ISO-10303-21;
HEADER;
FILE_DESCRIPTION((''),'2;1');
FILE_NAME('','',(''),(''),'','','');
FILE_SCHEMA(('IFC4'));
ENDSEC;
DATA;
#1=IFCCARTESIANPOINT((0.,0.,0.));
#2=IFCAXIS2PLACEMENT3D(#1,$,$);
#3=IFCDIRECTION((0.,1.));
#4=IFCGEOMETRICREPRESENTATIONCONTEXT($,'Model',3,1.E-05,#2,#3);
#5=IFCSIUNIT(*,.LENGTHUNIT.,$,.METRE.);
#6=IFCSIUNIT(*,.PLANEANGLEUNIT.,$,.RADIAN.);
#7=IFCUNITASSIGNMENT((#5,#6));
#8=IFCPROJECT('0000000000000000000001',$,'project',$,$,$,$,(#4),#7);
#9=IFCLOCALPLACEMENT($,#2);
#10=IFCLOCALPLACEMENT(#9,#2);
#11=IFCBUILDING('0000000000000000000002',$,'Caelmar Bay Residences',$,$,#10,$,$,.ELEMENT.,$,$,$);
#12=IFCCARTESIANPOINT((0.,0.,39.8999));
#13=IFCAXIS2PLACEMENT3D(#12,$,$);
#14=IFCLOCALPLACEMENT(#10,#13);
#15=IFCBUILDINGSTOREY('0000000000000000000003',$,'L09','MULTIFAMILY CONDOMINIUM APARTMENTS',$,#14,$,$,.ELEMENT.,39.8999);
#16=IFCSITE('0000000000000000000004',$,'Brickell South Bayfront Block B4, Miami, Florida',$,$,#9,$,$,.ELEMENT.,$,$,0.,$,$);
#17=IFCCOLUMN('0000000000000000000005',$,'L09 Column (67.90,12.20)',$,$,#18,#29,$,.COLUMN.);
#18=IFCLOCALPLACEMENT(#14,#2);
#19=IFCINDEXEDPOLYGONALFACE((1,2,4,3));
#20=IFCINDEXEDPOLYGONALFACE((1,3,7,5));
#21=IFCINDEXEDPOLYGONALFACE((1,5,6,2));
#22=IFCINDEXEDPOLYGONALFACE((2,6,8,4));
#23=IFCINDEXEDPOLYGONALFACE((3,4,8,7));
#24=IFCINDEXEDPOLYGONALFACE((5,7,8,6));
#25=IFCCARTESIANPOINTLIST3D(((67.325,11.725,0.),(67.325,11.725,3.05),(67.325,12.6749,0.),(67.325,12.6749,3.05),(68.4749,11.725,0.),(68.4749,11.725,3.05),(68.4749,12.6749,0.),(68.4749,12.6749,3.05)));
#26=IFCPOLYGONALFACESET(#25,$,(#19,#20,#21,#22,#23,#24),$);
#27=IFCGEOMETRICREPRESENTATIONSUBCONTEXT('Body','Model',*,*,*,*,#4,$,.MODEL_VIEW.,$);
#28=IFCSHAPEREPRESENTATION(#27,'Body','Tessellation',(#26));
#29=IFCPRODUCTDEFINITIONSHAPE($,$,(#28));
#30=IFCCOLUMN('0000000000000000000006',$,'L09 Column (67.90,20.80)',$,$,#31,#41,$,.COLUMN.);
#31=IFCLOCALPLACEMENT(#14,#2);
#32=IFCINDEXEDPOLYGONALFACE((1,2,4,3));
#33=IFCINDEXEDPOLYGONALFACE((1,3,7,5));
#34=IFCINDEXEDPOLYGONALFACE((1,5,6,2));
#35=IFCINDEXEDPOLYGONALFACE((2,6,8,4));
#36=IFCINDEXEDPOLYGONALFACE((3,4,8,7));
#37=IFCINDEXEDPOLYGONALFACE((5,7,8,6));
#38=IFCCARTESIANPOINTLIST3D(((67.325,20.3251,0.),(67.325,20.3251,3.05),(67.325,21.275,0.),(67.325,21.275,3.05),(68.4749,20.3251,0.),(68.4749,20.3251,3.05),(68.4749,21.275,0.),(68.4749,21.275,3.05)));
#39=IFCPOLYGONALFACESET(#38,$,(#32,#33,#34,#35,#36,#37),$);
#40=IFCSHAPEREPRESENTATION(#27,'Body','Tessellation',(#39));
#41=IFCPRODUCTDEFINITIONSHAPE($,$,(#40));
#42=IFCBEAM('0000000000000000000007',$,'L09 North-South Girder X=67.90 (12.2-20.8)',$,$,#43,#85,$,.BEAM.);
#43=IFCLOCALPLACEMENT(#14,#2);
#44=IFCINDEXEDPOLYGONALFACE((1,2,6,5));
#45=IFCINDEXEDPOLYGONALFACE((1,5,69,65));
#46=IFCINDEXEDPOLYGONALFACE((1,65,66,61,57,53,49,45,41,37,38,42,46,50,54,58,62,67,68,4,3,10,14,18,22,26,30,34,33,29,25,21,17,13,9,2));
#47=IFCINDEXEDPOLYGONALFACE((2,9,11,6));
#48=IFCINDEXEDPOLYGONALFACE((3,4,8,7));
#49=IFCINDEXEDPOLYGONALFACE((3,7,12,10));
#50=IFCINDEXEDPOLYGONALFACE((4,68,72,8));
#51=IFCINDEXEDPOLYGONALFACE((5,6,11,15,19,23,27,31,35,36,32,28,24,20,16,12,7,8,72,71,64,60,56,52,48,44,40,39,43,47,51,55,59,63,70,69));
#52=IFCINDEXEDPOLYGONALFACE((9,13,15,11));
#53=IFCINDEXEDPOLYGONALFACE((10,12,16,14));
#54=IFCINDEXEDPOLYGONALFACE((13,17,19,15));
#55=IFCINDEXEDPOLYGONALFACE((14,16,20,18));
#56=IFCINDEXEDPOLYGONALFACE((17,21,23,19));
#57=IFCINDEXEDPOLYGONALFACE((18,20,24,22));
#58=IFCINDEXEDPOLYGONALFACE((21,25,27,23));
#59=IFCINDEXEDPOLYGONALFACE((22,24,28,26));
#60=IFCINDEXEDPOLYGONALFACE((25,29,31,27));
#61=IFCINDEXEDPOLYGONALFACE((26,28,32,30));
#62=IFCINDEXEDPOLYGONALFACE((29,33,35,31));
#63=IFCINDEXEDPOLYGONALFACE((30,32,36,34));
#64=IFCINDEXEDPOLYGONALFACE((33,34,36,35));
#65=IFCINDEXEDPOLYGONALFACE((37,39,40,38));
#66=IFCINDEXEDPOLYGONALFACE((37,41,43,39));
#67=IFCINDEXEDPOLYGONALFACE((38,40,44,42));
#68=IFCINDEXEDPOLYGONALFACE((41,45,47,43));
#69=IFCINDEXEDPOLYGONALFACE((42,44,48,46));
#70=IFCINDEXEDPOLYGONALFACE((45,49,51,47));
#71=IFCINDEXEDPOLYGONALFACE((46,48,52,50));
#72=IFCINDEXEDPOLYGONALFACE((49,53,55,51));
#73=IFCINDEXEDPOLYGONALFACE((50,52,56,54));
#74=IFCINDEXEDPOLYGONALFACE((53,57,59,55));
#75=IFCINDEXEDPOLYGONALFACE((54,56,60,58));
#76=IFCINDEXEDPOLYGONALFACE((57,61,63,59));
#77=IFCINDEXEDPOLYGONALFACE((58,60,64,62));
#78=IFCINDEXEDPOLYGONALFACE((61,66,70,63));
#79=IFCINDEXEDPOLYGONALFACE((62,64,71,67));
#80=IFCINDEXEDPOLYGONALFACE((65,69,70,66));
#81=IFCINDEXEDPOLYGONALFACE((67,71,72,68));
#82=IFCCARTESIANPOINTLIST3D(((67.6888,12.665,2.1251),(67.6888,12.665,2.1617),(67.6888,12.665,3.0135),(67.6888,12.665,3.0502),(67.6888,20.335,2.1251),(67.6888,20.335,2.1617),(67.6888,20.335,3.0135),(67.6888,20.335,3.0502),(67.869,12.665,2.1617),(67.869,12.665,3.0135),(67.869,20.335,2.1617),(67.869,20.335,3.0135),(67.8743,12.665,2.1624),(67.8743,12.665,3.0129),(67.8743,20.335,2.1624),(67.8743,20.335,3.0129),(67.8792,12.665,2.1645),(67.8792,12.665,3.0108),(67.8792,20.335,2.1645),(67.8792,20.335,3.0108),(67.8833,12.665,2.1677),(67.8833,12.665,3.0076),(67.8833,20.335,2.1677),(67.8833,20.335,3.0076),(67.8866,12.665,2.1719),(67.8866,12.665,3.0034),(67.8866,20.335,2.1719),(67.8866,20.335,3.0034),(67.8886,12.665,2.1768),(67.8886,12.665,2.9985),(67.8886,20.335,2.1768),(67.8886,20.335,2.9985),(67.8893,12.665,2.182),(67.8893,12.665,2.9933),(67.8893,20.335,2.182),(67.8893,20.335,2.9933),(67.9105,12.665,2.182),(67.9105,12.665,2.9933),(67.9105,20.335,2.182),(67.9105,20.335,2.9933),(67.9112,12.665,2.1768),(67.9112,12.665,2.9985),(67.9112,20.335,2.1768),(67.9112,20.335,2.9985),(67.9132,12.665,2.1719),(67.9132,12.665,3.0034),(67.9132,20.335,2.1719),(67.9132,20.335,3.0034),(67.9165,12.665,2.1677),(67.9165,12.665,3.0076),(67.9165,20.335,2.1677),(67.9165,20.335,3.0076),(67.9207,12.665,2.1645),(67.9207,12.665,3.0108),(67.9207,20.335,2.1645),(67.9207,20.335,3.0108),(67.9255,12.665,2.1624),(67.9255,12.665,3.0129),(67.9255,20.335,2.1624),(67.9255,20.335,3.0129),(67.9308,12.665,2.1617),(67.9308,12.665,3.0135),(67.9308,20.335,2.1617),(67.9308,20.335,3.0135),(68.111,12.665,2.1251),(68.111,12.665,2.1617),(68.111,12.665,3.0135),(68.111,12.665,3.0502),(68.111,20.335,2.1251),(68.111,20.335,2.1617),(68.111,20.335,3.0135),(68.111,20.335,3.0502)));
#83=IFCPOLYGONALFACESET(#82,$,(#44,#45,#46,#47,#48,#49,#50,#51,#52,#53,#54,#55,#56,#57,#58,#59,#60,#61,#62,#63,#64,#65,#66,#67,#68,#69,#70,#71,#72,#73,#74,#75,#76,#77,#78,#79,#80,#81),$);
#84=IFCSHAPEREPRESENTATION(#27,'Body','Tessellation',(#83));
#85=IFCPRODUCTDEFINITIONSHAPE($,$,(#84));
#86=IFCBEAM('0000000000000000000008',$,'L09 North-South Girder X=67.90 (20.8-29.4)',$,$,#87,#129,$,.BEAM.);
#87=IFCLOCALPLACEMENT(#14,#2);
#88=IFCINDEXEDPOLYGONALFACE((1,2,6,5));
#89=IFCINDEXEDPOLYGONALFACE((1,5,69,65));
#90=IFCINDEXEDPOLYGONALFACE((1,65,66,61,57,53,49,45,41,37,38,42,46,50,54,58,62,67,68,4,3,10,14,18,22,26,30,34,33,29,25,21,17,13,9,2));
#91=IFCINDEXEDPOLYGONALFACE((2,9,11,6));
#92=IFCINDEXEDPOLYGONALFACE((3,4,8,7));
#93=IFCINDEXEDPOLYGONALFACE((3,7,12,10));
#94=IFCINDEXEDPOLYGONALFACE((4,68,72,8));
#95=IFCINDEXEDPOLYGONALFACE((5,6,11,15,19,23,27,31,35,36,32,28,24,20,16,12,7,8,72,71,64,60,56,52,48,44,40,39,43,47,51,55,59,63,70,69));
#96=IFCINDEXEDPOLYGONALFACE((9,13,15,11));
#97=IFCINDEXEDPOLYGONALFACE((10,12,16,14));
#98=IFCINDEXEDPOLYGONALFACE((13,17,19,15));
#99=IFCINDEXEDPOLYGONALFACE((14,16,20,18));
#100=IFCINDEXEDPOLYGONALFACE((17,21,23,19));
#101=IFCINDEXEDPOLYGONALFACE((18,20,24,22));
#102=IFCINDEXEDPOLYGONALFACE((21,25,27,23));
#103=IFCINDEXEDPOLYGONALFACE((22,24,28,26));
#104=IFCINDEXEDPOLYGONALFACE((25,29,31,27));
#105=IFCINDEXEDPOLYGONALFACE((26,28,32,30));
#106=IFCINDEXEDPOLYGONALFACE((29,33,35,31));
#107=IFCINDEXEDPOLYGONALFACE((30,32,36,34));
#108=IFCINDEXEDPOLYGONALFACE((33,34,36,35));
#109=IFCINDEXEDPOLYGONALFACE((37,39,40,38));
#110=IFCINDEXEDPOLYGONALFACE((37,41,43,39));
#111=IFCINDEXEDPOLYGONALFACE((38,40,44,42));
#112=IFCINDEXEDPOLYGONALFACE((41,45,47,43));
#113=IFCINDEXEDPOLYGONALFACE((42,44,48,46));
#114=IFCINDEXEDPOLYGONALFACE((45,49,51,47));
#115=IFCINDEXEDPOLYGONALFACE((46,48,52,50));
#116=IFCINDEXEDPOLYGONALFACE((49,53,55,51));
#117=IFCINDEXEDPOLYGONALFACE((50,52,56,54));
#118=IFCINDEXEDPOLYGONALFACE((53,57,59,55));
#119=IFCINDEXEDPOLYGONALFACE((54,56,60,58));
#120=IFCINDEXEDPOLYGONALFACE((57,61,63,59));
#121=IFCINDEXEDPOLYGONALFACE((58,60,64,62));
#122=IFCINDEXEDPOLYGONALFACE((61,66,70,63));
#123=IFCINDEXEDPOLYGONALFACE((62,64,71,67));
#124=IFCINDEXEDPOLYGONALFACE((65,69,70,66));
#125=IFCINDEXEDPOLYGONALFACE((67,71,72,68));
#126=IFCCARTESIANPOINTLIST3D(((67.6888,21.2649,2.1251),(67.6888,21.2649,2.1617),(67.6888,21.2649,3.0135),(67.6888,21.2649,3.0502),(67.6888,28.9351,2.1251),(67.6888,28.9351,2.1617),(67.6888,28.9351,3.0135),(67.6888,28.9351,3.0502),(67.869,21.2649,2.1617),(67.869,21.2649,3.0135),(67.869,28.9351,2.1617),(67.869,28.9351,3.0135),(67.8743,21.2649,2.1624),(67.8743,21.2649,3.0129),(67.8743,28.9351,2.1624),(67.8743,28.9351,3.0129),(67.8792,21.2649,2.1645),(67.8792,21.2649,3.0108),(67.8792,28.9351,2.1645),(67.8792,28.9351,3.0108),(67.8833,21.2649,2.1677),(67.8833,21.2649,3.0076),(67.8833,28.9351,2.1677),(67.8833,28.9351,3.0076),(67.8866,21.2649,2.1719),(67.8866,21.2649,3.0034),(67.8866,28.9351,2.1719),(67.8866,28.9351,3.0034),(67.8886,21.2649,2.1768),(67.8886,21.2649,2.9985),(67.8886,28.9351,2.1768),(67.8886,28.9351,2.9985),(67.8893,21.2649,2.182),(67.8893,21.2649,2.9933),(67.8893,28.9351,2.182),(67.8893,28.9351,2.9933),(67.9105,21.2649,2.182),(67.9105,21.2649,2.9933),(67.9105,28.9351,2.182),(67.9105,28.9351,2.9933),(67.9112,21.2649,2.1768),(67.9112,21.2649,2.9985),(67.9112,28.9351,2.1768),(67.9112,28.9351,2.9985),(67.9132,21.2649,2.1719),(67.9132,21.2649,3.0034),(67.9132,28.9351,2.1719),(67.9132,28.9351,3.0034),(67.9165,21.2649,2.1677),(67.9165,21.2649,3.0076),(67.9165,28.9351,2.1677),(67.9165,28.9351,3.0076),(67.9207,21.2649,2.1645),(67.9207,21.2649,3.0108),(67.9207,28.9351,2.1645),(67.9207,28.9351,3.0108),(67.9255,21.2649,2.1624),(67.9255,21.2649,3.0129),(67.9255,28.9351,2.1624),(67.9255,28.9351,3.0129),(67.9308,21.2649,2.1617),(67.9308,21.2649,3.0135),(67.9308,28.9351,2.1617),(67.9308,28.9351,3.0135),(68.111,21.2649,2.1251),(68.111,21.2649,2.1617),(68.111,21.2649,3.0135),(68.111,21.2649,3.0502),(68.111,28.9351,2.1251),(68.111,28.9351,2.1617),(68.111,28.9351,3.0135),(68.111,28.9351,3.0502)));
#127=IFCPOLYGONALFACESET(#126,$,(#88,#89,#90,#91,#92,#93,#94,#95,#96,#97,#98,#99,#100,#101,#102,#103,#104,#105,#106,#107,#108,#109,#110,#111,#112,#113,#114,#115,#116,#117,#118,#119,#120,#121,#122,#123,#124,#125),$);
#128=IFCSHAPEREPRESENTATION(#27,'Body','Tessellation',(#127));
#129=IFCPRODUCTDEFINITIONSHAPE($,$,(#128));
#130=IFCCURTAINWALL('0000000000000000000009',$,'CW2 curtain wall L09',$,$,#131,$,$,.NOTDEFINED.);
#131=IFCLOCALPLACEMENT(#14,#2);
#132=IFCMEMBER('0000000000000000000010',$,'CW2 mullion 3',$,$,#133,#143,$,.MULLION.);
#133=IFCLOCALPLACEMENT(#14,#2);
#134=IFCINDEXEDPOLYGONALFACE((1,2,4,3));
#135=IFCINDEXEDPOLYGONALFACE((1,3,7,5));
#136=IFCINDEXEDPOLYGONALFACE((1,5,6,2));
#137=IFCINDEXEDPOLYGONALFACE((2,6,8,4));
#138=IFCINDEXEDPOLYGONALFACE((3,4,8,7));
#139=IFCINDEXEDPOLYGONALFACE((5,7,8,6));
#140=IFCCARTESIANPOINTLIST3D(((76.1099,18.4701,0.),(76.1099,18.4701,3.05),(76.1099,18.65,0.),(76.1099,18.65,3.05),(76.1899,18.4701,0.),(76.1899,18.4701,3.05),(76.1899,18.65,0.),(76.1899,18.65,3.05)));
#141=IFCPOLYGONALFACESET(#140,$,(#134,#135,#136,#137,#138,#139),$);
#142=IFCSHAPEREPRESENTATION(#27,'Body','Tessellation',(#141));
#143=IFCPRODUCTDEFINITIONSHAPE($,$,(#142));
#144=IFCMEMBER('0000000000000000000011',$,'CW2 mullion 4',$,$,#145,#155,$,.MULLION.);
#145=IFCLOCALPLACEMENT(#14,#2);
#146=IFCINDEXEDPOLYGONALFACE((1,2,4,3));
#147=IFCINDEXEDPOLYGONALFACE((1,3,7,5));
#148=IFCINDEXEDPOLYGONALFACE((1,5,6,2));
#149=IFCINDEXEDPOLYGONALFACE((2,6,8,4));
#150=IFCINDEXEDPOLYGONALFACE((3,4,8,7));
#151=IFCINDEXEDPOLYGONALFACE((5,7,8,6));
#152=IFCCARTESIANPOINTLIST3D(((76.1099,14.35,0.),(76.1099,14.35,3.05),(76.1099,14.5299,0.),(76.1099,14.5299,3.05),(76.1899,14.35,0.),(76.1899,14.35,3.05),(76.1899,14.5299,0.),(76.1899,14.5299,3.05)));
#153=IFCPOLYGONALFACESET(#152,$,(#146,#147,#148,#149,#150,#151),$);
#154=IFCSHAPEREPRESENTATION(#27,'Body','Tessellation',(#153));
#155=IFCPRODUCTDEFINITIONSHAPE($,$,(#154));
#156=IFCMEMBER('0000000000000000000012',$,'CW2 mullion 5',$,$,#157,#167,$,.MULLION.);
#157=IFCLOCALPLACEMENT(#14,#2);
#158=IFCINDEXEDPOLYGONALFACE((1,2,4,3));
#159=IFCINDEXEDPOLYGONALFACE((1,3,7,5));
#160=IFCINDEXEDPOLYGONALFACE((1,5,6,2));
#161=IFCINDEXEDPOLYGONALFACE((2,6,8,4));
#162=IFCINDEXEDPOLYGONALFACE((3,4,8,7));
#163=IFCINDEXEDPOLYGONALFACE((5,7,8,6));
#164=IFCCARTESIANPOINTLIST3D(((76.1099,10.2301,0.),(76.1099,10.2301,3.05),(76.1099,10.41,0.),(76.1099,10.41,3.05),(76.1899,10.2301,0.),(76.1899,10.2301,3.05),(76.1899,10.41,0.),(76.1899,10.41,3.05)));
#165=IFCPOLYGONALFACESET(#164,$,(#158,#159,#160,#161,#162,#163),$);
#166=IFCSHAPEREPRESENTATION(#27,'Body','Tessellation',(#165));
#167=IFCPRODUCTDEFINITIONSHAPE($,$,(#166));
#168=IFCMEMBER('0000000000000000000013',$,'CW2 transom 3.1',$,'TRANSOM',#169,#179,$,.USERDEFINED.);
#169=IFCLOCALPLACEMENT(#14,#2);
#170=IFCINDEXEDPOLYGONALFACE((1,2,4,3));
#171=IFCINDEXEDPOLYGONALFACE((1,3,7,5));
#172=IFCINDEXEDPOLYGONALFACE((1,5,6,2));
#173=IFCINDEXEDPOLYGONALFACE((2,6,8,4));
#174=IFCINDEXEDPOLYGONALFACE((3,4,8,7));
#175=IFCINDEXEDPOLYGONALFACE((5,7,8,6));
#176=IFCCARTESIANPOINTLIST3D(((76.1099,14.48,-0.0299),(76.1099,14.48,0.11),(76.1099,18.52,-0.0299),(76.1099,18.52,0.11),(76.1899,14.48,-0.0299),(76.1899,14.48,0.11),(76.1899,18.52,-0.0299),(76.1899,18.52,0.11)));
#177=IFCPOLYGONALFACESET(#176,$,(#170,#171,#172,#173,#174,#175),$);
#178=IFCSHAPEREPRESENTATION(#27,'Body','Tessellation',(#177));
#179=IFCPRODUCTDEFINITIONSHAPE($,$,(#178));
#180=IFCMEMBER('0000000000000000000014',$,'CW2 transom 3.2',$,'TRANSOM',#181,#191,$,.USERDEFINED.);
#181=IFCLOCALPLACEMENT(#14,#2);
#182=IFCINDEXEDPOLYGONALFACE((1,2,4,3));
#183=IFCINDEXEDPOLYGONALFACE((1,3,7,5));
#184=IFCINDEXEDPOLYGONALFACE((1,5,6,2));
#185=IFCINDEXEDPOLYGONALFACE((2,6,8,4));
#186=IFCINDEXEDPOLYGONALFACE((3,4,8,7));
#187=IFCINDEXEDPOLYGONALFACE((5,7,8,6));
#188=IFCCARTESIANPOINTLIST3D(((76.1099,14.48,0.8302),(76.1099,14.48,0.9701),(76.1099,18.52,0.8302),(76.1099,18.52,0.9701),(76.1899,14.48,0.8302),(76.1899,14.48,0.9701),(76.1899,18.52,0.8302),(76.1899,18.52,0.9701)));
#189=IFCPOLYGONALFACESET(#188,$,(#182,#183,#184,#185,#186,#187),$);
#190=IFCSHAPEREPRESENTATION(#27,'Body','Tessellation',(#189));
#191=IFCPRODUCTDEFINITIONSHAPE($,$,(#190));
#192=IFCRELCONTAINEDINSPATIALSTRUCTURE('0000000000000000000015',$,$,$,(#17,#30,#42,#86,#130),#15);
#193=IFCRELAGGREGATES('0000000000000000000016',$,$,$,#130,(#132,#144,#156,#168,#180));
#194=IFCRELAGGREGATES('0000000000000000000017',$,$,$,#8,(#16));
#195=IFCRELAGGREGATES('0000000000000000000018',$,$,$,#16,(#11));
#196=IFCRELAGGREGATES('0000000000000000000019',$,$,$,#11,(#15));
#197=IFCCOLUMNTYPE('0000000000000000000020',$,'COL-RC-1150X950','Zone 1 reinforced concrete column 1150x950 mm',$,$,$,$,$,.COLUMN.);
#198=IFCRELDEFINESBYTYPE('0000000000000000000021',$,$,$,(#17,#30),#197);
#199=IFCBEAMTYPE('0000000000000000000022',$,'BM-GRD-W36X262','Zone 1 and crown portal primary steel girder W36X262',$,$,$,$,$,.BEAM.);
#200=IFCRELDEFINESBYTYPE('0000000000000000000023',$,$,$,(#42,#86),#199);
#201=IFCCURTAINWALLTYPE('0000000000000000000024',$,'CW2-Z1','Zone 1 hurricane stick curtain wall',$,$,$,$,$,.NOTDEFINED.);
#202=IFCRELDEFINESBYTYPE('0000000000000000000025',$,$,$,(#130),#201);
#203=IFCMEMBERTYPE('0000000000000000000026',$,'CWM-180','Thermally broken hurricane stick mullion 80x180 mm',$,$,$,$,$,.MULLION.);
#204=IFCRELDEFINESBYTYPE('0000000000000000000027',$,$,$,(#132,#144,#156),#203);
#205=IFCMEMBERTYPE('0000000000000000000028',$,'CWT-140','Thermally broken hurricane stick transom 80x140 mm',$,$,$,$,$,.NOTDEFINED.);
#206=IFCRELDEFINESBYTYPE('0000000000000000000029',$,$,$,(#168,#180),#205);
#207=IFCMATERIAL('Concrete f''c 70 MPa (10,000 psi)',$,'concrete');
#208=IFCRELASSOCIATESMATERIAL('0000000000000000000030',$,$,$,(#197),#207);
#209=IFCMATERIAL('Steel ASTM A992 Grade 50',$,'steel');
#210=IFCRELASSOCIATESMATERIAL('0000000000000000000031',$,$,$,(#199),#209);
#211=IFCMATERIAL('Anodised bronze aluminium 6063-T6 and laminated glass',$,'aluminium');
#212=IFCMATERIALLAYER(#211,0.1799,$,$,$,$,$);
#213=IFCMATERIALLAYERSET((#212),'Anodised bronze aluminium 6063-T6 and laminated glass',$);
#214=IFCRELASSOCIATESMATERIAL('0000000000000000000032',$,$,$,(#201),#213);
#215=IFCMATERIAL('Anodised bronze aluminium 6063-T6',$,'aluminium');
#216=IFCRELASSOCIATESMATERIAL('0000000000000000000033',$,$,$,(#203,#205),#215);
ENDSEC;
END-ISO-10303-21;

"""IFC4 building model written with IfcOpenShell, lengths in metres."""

from ifc_helpers import new_model, si_unit, direction, frame, origin, origin_2d, place, context, subcontext, project, spatial, rectangle, i_section, extrude, material, layer, layer_set, material_profile, profile_set, type_object, element, aggregate, save


model = new_model("IFC4")

# Units and contexts
model_context = context("Model", 3, precision=1e-05, world=origin(), true_north=direction((0.0, 1.0)))
body_context = subcontext(model_context, "Body", "Model", "MODEL_VIEW")
ifc_project = project(units=[si_unit("LENGTHUNIT", "METRE"), si_unit("PLANEANGLEUNIT", "RADIAN")], contexts=[model_context])

# Site, building, storey
site_placement = place(None, origin())
site = spatial("IfcSite", under=ifc_project, at=site_placement, Name="Brickell South Bayfront Block B4, Miami, Florida", CompositionType="ELEMENT", RefElevation=0.0)
building_placement = place(site_placement, origin())
building = spatial("IfcBuilding", under=site, at=building_placement, Name="Caelmar Bay Residences", CompositionType="ELEMENT")
storey_placement = place(building_placement, frame((0.0, 0.0, 39.8999)))
storey = spatial("IfcBuildingStorey", under=building, at=storey_placement, Name="L09", Description="MULTIFAMILY CONDOMINIUM APARTMENTS", CompositionType="ELEMENT", Elevation=39.8999)

# Columns
ifc_material_1 = material(Name="Concrete f'c 70 MPa (10,000 psi)", Category="concrete")
ifc_material_profile_1 = material_profile(ifc_material_1, rectangle(XDim=1.1499, YDim=0.95, at=origin_2d()), Name="RC-COL-1150X950")
ifc_profile_set_1 = profile_set([ifc_material_profile_1], Name="Concrete f'c 70 MPa (10,000 psi)")
column_type = type_object("IfcColumnType", Name="COL-RC-1150X950", Description="Zone 1 reinforced concrete column 1150x950 mm", PredefinedType="COLUMN", material=ifc_profile_set_1)
for number, where, z_axis, x_axis, name in (
    (1, (67.8999, 12.2, 0.0), (0.0, 0.0, 1.0), (1.0, 0.0, 0.0), "L09 Column (67.90,12.20)"),
    (2, (67.8999, 20.8, 0.0), (0.0, 0.0, 1.0), (1.0, 0.0, 0.0), "L09 Column (67.90,20.80)"),
):
    element("IfcColumn", number, at=place(storey_placement, frame(where, z_axis=z_axis, x_axis=x_axis)), inside=storey, type_object=column_type, Name=name, PredefinedType="COLUMN", context=body_context, shape_type="SweptSolid", body=[
        extrude(rectangle(XDim=1.1499, YDim=0.95, at=origin_2d()), origin(), (0.0, 0.0, 1.0), 3.05),
    ])

# Beams
ifc_material_2 = material(Name="Steel ASTM A992 Grade 50", Category="steel")
ifc_material_profile_2 = material_profile(ifc_material_2, i_section(OverallWidth=0.4221, OverallDepth=0.925, WebThickness=0.0212, FlangeThickness=0.0366, FilletRadius=0.0203, at=origin_2d()), Name="W36X262")
ifc_profile_set_2 = profile_set([ifc_material_profile_2], Name="Steel ASTM A992 Grade 50")
beam_type = type_object("IfcBeamType", Name="BM-GRD-W36X262", Description="Zone 1 and crown portal primary steel girder W36X262", PredefinedType="BEAM", material=ifc_profile_set_2)
beam_1_placement = place(storey_placement, frame((67.8999, 12.665, 2.5876), z_axis=(0.0, 1.0, 0.0), x_axis=(-1.0, 0.0, 0.0)))
element("IfcBeam", 3, at=beam_1_placement, inside=storey, type_object=beam_type, Name="L09 North-South Girder X=67.90 (12.2-20.8)", PredefinedType="BEAM", context=body_context, shape_type="SweptSolid", body=[
    extrude(i_section(OverallWidth=0.4221, OverallDepth=0.925, WebThickness=0.0212, FlangeThickness=0.0366, FilletRadius=0.0203, at=origin_2d()), origin(), (0.0, 0.0, 1.0), 7.6699),
])
beam_2_placement = place(storey_placement, frame((67.8999, 21.2649, 2.5876), z_axis=(0.0, 1.0, 0.0), x_axis=(-1.0, 0.0, 0.0)))
element("IfcBeam", 4, at=beam_2_placement, inside=storey, type_object=beam_type, Name="L09 North-South Girder X=67.90 (20.8-29.4)", PredefinedType="BEAM", context=body_context, shape_type="SweptSolid", body=[
    extrude(i_section(OverallWidth=0.4221, OverallDepth=0.925, WebThickness=0.0212, FlangeThickness=0.0366, FilletRadius=0.0203, at=origin_2d()), origin(), (0.0, 0.0, 1.0), 7.6702),
])

# Curtain wall, members
ifc_material_3 = material(Name="Anodised bronze aluminium 6063-T6 and laminated glass", Category="aluminium")
ifc_layer_1 = layer(ifc_material_3, 0.1799)
ifc_layer_set_1 = layer_set([ifc_layer_1], Name="Anodised bronze aluminium 6063-T6 and laminated glass")
curtain_wall_type = type_object("IfcCurtainWallType", Name="CW2-Z1", Description="Zone 1 hurricane stick curtain wall", PredefinedType="NOTDEFINED", material=ifc_layer_set_1)
curtain_wall_placement = place(storey_placement, origin())
curtain_wall = element("IfcCurtainWall", 5, at=curtain_wall_placement, inside=storey, type_object=curtain_wall_type, Name="CW2 curtain wall L09", PredefinedType="NOTDEFINED")
ifc_material_4 = material(Name="Anodised bronze aluminium 6063-T6", Category="aluminium")
ifc_material_profile_3 = material_profile(ifc_material_4, rectangle(XDim=0.0801, YDim=0.1799, at=origin_2d()), Name="CWM-80X180")
ifc_profile_set_3 = profile_set([ifc_material_profile_3], Name="Anodised bronze aluminium 6063-T6")
member_type_1 = type_object("IfcMemberType", Name="CWM-180", Description="Thermally broken hurricane stick mullion 80x180 mm", PredefinedType="MULLION", material=ifc_profile_set_3)
member_1_placement = place(storey_placement, frame((76.1499, 18.5601, 0.0), z_axis=(0.0, 0.0, 1.0), x_axis=(1.0, 0.0, 0.0)))
member_1 = element("IfcMember", 6, at=member_1_placement, type_object=member_type_1, Name="CW2 mullion 3", PredefinedType="MULLION", context=body_context, shape_type="SweptSolid", body=[
    extrude(rectangle(XDim=0.0801, YDim=0.1799, at=origin_2d()), origin(), (0.0, 0.0, 1.0), 3.05),
])
member_2_placement = place(storey_placement, frame((76.1499, 14.4399, 0.0), z_axis=(0.0, 0.0, 1.0), x_axis=(1.0, 0.0, 0.0)))
member_2 = element("IfcMember", 7, at=member_2_placement, type_object=member_type_1, Name="CW2 mullion 4", PredefinedType="MULLION", context=body_context, shape_type="SweptSolid", body=[
    extrude(rectangle(XDim=0.0801, YDim=0.1799, at=origin_2d()), origin(), (0.0, 0.0, 1.0), 3.05),
])
member_3_placement = place(storey_placement, frame((76.1499, 10.3201, 0.0), z_axis=(0.0, 0.0, 1.0), x_axis=(1.0, 0.0, 0.0)))
member_3 = element("IfcMember", 8, at=member_3_placement, type_object=member_type_1, Name="CW2 mullion 5", PredefinedType="MULLION", context=body_context, shape_type="SweptSolid", body=[
    extrude(rectangle(XDim=0.0801, YDim=0.1799, at=origin_2d()), origin(), (0.0, 0.0, 1.0), 3.05),
])
ifc_material_profile_4 = material_profile(ifc_material_4, rectangle(XDim=0.0801, YDim=0.1399, at=origin_2d()), Name="CWT-80X140")
ifc_profile_set_4 = profile_set([ifc_material_profile_4], Name="Anodised bronze aluminium 6063-T6")
member_type_2 = type_object("IfcMemberType", Name="CWT-140", Description="Thermally broken hurricane stick transom 80x140 mm", PredefinedType="NOTDEFINED", material=ifc_profile_set_4)
member_4_placement = place(storey_placement, frame((76.1499, 18.52, 0.04), z_axis=(0.0, -1.0, 0.0), x_axis=(1.0, 0.0, 0.0)))
member_4 = element("IfcMember", 9, at=member_4_placement, type_object=member_type_2, Name="CW2 transom 3.1", ObjectType="TRANSOM", PredefinedType="USERDEFINED", context=body_context, shape_type="SweptSolid", body=[
    extrude(rectangle(XDim=0.0801, YDim=0.1399, at=origin_2d()), origin(), (0.0, 0.0, 1.0), 4.04),
])
member_5_placement = place(storey_placement, frame((76.1499, 18.52, 0.9001), z_axis=(0.0, -1.0, 0.0), x_axis=(1.0, 0.0, 0.0)))
member_5 = element("IfcMember", 10, at=member_5_placement, type_object=member_type_2, Name="CW2 transom 3.2", ObjectType="TRANSOM", PredefinedType="USERDEFINED", context=body_context, shape_type="SweptSolid", body=[
    extrude(rectangle(XDim=0.0801, YDim=0.1399, at=origin_2d()), origin(), (0.0, 0.0, 1.0), 4.04),
])
aggregate(curtain_wall, [member_1, member_2, member_3, member_4, member_5])

save(model, "model.ifc")
